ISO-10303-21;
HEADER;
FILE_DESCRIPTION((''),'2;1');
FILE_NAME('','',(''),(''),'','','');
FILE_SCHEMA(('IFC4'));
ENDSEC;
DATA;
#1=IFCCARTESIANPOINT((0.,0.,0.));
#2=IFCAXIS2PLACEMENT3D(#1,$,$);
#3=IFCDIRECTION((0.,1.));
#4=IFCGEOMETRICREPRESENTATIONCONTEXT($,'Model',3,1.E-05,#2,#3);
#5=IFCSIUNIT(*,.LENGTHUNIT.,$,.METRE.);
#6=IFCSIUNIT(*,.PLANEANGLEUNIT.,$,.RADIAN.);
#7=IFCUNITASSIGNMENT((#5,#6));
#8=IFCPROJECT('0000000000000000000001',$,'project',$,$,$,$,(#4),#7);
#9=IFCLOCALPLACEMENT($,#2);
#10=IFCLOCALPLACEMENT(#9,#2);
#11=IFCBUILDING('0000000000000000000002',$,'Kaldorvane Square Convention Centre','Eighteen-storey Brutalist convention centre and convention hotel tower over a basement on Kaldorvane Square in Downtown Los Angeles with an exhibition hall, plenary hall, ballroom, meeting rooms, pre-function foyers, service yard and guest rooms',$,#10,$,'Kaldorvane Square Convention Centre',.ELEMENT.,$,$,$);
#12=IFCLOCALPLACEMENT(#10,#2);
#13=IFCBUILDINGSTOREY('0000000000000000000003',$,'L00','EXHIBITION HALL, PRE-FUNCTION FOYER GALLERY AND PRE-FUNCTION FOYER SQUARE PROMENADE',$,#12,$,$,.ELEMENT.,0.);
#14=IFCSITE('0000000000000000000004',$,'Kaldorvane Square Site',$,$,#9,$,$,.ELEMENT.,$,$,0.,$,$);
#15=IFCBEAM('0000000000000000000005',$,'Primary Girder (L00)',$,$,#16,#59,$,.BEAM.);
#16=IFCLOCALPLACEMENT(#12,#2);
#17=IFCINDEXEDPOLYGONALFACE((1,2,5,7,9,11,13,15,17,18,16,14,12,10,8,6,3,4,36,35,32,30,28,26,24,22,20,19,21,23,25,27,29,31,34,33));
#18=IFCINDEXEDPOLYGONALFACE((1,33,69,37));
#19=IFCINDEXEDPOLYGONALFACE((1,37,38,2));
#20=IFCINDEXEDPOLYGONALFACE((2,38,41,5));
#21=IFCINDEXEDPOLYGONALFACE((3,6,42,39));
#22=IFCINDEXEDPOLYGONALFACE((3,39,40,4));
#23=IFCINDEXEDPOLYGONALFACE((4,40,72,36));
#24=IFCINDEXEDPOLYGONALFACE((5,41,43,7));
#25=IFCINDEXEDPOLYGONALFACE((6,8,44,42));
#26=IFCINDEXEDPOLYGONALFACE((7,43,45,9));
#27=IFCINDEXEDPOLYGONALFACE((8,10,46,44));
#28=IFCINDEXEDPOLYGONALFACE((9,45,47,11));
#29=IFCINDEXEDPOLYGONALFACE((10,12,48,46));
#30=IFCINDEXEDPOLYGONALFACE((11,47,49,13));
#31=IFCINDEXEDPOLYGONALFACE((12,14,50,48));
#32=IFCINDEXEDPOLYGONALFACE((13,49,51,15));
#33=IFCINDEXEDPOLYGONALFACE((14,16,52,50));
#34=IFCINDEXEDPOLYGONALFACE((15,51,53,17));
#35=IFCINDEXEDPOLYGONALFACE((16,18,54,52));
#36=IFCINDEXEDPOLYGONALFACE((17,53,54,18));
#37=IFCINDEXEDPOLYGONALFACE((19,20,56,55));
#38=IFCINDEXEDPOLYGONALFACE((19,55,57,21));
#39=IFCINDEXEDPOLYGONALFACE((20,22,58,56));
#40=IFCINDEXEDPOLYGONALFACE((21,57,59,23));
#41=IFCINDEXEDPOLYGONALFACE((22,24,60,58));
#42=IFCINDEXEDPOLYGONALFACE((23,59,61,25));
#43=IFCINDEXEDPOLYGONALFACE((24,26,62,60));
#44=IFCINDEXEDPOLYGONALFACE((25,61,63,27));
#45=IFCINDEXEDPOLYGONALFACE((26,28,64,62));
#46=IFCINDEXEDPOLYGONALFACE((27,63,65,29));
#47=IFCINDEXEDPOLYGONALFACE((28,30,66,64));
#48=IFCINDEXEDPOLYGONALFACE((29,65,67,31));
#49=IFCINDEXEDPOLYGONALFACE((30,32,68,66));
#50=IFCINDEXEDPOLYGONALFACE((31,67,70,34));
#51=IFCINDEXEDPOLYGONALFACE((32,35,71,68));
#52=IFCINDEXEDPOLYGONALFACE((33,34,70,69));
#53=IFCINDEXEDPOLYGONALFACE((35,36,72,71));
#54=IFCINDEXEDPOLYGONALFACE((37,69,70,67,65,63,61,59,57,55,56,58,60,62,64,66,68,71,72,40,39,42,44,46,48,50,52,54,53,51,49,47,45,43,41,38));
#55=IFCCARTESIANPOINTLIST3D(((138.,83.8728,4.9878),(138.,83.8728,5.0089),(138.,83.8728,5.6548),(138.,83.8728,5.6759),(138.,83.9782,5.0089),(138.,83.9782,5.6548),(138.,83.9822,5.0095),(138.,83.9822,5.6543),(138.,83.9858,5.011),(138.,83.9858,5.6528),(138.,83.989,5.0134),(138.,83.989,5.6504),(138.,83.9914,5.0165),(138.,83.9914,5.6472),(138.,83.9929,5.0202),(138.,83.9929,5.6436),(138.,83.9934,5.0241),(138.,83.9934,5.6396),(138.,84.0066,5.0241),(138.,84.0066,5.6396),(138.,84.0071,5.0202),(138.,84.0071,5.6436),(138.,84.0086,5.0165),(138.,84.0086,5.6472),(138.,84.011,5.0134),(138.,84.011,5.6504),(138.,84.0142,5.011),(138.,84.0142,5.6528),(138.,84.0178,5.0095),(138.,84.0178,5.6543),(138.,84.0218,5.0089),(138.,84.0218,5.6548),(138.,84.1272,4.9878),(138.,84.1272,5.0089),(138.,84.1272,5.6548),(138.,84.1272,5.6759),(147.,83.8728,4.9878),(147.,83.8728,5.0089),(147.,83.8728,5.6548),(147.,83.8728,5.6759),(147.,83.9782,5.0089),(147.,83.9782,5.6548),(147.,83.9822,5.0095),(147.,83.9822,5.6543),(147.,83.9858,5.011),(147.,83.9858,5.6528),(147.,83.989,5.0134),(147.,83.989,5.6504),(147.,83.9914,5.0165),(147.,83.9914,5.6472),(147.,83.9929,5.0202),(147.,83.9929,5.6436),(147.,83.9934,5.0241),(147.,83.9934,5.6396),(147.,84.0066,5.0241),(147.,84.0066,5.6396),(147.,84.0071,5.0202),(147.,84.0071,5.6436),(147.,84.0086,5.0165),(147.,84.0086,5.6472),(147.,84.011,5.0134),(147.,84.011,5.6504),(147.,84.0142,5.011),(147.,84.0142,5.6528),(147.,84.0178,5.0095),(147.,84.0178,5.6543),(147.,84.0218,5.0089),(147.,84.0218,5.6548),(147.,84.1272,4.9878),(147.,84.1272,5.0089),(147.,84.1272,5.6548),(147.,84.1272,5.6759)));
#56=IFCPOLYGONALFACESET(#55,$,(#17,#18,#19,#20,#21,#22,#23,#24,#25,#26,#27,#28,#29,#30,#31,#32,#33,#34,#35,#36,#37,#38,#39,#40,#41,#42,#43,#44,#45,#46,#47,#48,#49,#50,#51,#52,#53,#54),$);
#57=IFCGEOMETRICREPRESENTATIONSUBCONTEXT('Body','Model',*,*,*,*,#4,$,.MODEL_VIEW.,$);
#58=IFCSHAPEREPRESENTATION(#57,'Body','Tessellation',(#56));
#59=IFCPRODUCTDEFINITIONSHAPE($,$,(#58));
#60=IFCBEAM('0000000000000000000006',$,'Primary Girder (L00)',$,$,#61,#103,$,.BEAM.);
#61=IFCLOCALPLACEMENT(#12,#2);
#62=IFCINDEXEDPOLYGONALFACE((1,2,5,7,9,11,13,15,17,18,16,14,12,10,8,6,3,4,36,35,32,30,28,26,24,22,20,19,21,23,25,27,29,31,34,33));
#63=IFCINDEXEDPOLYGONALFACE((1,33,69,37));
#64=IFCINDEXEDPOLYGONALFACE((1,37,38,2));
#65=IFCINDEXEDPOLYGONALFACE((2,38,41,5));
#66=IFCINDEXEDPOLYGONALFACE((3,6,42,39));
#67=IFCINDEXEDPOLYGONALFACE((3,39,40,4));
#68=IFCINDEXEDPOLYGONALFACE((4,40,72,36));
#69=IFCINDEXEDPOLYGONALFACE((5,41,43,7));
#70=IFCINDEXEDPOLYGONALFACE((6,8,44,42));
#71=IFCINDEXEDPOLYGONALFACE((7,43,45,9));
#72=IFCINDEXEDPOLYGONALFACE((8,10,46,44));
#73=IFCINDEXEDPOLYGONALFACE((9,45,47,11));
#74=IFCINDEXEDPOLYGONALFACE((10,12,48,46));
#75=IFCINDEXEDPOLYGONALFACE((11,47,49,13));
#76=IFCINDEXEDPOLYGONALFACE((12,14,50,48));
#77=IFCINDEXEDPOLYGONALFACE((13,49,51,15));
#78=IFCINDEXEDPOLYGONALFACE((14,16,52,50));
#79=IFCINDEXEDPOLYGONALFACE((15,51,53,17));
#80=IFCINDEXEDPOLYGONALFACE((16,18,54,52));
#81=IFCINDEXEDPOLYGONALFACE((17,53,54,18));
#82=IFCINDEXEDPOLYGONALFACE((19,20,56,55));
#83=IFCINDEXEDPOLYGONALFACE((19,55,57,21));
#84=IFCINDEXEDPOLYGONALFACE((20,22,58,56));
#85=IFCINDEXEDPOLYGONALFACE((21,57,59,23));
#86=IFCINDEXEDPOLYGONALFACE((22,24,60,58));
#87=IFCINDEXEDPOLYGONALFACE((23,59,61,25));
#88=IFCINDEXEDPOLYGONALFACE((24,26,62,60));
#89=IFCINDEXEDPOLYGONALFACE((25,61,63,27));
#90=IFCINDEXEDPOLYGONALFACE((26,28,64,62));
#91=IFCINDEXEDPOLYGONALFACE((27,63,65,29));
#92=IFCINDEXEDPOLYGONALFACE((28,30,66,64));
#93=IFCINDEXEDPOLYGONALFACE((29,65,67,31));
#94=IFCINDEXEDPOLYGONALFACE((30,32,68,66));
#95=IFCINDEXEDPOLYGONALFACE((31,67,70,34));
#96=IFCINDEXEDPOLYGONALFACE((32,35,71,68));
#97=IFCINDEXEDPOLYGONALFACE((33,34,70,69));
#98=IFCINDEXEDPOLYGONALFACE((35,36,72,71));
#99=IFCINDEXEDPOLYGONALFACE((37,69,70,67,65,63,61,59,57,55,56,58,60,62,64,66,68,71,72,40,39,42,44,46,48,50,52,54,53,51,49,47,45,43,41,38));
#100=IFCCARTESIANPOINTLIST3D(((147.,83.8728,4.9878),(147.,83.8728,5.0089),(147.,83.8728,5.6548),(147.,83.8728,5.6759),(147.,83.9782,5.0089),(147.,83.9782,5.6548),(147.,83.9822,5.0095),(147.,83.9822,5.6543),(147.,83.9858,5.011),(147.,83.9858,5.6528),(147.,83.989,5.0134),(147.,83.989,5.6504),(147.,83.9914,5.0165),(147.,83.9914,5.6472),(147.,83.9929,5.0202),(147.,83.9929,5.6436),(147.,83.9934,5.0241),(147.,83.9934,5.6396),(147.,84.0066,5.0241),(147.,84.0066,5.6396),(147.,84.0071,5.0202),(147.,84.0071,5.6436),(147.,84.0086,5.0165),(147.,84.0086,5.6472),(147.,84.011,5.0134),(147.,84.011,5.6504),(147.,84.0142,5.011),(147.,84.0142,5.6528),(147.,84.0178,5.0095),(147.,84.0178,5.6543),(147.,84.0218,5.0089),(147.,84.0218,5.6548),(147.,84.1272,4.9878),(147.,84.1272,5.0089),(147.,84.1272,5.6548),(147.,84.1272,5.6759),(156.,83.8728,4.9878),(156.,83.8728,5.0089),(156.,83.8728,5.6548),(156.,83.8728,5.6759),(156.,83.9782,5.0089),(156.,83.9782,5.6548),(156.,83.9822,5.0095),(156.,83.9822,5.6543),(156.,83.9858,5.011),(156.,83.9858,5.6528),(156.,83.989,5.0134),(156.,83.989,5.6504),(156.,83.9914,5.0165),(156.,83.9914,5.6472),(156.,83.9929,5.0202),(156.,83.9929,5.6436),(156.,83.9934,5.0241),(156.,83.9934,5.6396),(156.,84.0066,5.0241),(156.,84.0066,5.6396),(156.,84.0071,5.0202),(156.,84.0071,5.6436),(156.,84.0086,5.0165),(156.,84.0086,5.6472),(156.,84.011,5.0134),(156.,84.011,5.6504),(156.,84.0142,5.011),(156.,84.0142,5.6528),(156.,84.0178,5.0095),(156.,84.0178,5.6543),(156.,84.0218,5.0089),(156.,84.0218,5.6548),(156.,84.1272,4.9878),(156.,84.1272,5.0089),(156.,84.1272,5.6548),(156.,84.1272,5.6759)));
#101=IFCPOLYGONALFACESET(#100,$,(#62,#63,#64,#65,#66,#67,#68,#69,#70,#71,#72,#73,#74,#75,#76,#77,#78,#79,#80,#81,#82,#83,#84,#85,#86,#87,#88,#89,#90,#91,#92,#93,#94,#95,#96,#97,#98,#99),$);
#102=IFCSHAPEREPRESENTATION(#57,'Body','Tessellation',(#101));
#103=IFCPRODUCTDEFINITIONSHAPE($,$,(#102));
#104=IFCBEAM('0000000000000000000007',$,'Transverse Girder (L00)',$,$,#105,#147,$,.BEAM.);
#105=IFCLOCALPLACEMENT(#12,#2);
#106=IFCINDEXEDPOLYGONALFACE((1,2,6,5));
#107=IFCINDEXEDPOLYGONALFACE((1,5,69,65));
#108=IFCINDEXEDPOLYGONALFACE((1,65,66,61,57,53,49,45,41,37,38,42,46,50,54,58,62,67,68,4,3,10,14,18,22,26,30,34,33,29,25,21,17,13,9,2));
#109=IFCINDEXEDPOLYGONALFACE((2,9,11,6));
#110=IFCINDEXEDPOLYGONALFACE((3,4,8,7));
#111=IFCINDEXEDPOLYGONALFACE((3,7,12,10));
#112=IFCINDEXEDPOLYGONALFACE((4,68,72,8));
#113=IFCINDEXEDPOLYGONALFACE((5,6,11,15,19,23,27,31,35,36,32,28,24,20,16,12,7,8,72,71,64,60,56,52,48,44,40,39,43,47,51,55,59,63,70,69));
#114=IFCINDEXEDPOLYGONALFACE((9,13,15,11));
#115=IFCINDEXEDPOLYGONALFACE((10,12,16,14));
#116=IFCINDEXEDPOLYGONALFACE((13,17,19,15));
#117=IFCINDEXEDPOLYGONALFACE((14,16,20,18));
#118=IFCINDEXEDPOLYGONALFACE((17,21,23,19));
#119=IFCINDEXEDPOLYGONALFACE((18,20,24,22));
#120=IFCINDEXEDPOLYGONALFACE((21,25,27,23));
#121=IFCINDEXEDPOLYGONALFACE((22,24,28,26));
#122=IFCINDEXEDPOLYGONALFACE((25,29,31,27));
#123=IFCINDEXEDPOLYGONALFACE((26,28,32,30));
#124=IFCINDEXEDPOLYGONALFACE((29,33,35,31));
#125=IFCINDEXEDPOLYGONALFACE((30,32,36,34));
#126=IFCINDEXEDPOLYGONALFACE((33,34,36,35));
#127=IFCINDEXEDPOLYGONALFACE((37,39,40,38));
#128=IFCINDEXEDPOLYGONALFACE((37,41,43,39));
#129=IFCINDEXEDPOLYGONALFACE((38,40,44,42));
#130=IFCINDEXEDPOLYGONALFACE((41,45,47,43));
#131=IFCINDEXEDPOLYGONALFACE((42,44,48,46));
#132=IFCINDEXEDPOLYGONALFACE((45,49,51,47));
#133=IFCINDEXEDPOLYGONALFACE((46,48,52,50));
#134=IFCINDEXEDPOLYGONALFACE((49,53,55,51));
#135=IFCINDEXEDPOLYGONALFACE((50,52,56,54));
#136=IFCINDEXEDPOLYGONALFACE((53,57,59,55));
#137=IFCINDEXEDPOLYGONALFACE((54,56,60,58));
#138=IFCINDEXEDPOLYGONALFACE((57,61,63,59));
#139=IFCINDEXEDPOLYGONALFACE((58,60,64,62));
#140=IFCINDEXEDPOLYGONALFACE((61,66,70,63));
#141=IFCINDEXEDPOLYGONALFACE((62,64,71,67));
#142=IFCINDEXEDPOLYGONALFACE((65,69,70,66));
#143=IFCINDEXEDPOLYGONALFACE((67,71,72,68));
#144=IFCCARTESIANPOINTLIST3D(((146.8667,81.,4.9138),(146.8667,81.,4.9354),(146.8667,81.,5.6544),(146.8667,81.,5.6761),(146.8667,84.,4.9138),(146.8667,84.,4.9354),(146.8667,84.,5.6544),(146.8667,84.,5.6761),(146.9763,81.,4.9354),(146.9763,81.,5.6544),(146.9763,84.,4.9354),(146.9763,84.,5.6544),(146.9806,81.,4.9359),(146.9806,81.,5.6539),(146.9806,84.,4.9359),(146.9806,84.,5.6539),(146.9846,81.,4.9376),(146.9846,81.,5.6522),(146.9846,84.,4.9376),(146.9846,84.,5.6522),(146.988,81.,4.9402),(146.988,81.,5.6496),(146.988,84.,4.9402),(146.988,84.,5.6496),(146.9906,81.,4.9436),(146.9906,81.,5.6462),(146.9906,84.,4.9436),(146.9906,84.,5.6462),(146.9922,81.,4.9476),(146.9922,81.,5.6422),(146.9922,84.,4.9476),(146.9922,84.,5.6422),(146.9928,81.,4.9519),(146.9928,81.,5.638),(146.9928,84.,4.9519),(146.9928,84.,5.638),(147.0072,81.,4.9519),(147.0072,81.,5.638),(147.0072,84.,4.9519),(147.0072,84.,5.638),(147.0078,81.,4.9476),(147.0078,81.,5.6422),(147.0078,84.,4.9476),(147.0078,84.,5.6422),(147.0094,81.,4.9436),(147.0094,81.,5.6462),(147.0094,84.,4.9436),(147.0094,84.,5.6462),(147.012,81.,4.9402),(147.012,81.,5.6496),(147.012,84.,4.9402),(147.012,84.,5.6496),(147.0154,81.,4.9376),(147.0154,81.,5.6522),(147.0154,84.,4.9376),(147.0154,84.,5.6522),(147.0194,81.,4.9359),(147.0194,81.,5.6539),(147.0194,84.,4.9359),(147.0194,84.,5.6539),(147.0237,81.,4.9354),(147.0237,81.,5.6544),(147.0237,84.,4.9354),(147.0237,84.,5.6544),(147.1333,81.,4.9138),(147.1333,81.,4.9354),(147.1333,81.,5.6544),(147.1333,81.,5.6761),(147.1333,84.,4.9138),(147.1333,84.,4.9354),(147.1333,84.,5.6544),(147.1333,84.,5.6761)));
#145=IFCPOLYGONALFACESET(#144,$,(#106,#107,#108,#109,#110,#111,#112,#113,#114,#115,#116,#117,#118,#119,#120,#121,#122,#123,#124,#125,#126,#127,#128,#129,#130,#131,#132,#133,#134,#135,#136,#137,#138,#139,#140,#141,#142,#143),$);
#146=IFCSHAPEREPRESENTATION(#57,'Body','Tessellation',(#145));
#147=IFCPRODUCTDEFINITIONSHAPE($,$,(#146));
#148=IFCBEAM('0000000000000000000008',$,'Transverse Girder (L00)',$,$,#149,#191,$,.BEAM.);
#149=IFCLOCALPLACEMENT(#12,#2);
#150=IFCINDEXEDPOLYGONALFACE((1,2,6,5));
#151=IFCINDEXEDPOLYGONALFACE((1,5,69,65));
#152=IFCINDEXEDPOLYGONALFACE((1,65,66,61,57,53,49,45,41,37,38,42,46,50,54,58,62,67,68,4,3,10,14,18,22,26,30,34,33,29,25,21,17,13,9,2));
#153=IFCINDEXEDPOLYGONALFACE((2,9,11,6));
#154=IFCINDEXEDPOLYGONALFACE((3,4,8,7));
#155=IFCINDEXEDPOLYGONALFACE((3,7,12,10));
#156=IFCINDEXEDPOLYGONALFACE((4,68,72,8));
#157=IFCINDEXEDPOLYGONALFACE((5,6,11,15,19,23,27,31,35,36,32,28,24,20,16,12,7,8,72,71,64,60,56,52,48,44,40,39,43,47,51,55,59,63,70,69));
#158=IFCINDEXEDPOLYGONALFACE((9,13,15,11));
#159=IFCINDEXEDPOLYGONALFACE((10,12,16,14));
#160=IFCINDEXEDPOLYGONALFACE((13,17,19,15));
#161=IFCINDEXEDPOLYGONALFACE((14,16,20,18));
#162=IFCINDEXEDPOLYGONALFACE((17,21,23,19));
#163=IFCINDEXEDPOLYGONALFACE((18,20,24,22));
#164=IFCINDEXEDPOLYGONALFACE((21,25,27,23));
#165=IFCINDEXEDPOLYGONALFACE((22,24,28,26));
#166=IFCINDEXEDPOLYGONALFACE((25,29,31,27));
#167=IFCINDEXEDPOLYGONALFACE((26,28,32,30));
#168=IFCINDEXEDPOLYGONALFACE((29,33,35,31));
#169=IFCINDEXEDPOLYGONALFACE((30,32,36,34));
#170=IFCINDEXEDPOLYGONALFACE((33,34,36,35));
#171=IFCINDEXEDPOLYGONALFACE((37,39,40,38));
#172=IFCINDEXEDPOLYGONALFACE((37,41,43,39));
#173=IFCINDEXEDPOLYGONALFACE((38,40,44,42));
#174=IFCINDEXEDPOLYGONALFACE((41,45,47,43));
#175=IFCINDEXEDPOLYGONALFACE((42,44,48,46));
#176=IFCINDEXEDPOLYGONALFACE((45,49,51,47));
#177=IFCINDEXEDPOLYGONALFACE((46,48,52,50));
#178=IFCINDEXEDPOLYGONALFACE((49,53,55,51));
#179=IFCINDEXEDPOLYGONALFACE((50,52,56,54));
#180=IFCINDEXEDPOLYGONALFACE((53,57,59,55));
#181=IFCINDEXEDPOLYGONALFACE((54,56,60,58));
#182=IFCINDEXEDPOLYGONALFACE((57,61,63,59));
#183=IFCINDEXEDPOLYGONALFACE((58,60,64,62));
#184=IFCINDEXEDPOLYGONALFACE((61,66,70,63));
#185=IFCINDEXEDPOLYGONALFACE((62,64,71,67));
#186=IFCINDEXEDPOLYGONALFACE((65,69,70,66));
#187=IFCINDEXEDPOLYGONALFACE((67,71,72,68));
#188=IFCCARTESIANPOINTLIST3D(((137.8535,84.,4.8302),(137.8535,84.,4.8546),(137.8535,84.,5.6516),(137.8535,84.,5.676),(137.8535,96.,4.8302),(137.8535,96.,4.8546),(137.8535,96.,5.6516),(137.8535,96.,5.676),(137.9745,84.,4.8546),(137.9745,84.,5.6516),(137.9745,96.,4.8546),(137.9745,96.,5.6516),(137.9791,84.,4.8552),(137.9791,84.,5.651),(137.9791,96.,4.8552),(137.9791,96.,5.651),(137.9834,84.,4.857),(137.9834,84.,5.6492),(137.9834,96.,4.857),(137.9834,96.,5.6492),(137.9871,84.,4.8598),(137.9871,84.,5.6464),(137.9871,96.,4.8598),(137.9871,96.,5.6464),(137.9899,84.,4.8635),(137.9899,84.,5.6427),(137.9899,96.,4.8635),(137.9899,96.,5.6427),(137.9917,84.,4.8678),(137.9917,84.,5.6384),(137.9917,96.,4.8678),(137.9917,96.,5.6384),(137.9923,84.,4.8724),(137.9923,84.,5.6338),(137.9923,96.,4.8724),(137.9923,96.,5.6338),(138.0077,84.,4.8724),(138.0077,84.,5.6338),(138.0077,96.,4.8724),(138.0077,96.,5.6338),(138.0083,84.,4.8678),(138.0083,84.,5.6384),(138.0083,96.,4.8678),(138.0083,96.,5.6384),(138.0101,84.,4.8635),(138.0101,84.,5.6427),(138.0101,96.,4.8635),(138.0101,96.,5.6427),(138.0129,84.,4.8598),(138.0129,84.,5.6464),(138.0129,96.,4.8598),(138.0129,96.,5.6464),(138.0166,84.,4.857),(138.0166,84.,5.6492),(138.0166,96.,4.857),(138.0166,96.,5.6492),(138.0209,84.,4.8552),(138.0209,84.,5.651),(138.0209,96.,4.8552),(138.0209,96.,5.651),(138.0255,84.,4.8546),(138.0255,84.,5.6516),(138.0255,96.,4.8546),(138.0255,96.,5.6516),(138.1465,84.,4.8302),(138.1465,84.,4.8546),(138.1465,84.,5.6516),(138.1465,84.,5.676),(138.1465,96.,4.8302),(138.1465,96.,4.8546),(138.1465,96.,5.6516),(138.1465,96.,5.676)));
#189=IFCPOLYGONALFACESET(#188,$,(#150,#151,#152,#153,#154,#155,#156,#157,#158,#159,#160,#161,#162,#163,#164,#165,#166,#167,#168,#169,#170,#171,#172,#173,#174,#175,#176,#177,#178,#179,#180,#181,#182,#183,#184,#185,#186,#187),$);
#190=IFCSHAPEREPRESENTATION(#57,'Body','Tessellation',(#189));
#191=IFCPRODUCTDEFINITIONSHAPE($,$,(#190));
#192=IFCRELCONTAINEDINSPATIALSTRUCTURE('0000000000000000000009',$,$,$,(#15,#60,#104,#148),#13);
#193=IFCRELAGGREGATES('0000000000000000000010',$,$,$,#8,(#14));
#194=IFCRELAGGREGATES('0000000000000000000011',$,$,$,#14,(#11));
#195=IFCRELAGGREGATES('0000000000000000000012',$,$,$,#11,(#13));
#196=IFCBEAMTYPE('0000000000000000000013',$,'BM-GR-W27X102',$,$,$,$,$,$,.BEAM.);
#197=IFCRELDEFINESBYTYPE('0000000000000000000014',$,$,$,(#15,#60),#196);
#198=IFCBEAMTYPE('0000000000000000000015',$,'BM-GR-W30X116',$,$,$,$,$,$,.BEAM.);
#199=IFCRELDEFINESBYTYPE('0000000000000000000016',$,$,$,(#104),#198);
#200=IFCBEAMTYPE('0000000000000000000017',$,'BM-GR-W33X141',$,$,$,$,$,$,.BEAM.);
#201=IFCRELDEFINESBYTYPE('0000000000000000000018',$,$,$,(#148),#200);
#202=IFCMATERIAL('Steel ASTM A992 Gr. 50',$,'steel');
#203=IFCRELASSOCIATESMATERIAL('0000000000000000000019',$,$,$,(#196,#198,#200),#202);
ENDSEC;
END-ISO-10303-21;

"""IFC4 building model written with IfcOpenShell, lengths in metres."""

from ifc_helpers import new_model, si_unit, direction, frame, origin, origin_2d, place, context, subcontext, project, spatial, i_section, extrude, material, material_profile, profile_set, type_object, element, save


model = new_model("IFC4")

# Units and contexts
model_context = context("Model", 3, precision=1e-05, world=origin(), true_north=direction((0.0, 1.0)))
body_context = subcontext(model_context, "Body", "Model", "MODEL_VIEW")
ifc_project = project(units=[si_unit("LENGTHUNIT", "METRE"), si_unit("PLANEANGLEUNIT", "RADIAN")], contexts=[model_context])

# Site, building, storey
site_placement = place(None, origin())
site = spatial("IfcSite", under=ifc_project, at=site_placement, Name="Kaldorvane Square Site", CompositionType="ELEMENT", RefElevation=0.0)
building_placement = place(site_placement, origin())
building = spatial("IfcBuilding", under=site, at=building_placement, Name="Kaldorvane Square Convention Centre", Description="Eighteen-storey Brutalist convention centre and convention hotel tower over a basement on Kaldorvane Square in Downtown Los Angeles with an exhibition hall, plenary hall, ballroom, meeting rooms, pre-function foyers, service yard and guest rooms", LongName="Kaldorvane Square Convention Centre", CompositionType="ELEMENT")
storey_placement = place(building_placement, origin())
storey = spatial("IfcBuildingStorey", under=building, at=storey_placement, Name="L00", Description="EXHIBITION HALL, PRE-FUNCTION FOYER GALLERY AND PRE-FUNCTION FOYER SQUARE PROMENADE", CompositionType="ELEMENT", Elevation=0.0)

# Shared definitions
ifc_material_1 = material(Name="Steel ASTM A992 Gr. 50", Category="steel")

# Beams
ifc_material_profile_1 = material_profile(ifc_material_1, i_section(OverallWidth=0.2544, OverallDepth=0.6881, WebThickness=0.0131, FlangeThickness=0.0211, FilletRadius=0.0152, at=origin_2d()), Name="W27X102")
ifc_profile_set_1 = profile_set([ifc_material_profile_1], Name="Steel ASTM A992 Gr. 50")
beam_type_1 = type_object("IfcBeamType", Name="BM-GR-W27X102", PredefinedType="BEAM", material=ifc_profile_set_1)
for number, where, z_axis, x_axis, name in (
    (1, (138.0, 84.0, 5.3319), (1.0, 0.0, 0.0), (0.0, 1.0, 0.0), "Primary Girder (L00)"),
    (2, (147.0, 84.0, 5.3319), (1.0, 0.0, 0.0), (0.0, 1.0, 0.0), "Primary Girder (L00)"),
):
    element("IfcBeam", number, at=place(storey_placement, frame(where, z_axis=z_axis, x_axis=x_axis)), inside=storey, type_object=beam_type_1, Name=name, PredefinedType="BEAM", context=body_context, shape_type="SweptSolid", body=[
        extrude(i_section(OverallWidth=0.2544, OverallDepth=0.6881, WebThickness=0.0131, FlangeThickness=0.0211, FilletRadius=0.0152, at=origin_2d()), origin(), (0.0, 0.0, 1.0), 9.0),
    ])
ifc_material_profile_2 = material_profile(ifc_material_1, i_section(OverallWidth=0.2666, OverallDepth=0.7623, WebThickness=0.0144, FlangeThickness=0.0216, FilletRadius=0.0165, at=origin_2d()), Name="W30X116")
ifc_profile_set_2 = profile_set([ifc_material_profile_2], Name="Steel ASTM A992 Gr. 50")
beam_type_2 = type_object("IfcBeamType", Name="BM-GR-W30X116", PredefinedType="BEAM", material=ifc_profile_set_2)
beam_placement = place(storey_placement, frame((147.0, 81.0, 5.2949), z_axis=(0.0, 1.0, 0.0), x_axis=(-1.0, 0.0, 0.0)))
element("IfcBeam", 3, at=beam_placement, inside=storey, type_object=beam_type_2, Name="Transverse Girder (L00)", PredefinedType="BEAM", context=body_context, shape_type="SweptSolid", body=[
    extrude(i_section(OverallWidth=0.2666, OverallDepth=0.7623, WebThickness=0.0144, FlangeThickness=0.0216, FilletRadius=0.0165, at=origin_2d()), origin(), (0.0, 0.0, 1.0), 3.0),
])
ifc_material_profile_3 = material_profile(ifc_material_1, i_section(OverallWidth=0.293, OverallDepth=0.8458, WebThickness=0.0154, FlangeThickness=0.0244, FilletRadius=0.0178, at=origin_2d()), Name="W33X141")
ifc_profile_set_3 = profile_set([ifc_material_profile_3], Name="Steel ASTM A992 Gr. 50")
beam_type_3 = type_object("IfcBeamType", Name="BM-GR-W33X141", PredefinedType="BEAM", material=ifc_profile_set_3)
for number, where, z_axis, x_axis, name in (
    (4, (138.0, 84.0, 5.2531), (0.0, 1.0, 0.0), (-1.0, 0.0, 0.0), "Transverse Girder (L00)"),
):
    element("IfcBeam", number, at=place(storey_placement, frame(where, z_axis=z_axis, x_axis=x_axis)), inside=storey, type_object=beam_type_3, Name=name, PredefinedType="BEAM", context=body_context, shape_type="SweptSolid", body=[
        extrude(i_section(OverallWidth=0.293, OverallDepth=0.8458, WebThickness=0.0154, FlangeThickness=0.0244, FilletRadius=0.0178, at=origin_2d()), origin(), (0.0, 0.0, 1.0), 12.0),
    ])

save(model, "model.ifc")
